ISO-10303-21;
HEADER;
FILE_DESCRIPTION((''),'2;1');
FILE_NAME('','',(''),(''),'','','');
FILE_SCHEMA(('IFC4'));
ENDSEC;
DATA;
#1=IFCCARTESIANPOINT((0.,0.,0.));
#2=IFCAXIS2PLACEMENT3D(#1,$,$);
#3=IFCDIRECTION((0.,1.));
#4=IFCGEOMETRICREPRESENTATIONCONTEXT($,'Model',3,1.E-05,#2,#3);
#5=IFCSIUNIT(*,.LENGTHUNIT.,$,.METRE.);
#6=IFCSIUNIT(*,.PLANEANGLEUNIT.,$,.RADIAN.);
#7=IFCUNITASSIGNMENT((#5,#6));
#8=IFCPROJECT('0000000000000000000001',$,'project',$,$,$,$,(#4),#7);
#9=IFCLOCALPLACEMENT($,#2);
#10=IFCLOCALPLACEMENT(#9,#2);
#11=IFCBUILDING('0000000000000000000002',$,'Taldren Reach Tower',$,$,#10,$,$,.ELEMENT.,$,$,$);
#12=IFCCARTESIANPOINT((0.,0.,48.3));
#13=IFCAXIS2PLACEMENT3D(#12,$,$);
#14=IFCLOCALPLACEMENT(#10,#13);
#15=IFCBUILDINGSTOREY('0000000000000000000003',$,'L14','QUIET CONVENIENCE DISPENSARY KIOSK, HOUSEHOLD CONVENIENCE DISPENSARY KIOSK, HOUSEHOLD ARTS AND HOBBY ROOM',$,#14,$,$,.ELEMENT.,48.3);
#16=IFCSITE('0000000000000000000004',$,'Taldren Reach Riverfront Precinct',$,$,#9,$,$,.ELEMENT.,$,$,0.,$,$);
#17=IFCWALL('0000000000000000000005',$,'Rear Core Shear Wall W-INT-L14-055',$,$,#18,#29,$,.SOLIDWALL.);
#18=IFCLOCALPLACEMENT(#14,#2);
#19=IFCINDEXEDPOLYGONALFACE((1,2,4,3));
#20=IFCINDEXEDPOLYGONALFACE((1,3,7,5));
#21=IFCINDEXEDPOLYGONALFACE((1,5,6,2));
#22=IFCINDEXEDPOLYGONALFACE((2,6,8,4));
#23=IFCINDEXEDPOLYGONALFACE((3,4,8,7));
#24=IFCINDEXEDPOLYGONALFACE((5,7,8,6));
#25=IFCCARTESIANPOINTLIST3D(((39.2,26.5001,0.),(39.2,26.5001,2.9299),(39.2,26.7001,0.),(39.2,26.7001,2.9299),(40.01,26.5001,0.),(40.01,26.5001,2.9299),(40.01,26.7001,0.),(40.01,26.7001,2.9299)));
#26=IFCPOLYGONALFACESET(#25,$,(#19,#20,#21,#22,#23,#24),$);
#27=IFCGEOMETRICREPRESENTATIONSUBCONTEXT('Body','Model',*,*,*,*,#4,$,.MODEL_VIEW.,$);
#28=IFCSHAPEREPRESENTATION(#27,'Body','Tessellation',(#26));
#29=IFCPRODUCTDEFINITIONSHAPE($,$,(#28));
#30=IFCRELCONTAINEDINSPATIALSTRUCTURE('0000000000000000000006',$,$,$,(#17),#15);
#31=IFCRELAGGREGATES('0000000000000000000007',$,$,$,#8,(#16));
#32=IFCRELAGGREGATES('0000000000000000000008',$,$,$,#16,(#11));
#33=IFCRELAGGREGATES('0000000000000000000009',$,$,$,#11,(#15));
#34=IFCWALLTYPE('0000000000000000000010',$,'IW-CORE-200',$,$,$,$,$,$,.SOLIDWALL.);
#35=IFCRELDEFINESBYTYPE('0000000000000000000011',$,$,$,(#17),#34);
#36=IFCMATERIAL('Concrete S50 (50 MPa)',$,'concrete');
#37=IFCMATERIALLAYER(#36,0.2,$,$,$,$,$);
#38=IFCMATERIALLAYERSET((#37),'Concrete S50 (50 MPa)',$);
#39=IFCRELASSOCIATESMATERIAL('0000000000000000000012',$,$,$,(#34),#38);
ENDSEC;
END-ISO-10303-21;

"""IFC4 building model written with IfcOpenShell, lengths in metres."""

from ifc_helpers import new_model, si_unit, direction, frame, frame_2d, origin, place, context, subcontext, project, spatial, rectangle, extrude, source, transform, mapped, material, layer, layer_set, type_object, element, save


model = new_model("IFC4")

# Units and contexts
model_context = context("Model", 3, precision=1e-05, world=origin(), true_north=direction((0.0, 1.0)))
body_context = subcontext(model_context, "Body", "Model", "MODEL_VIEW")
ifc_project = project(units=[si_unit("LENGTHUNIT", "METRE"), si_unit("PLANEANGLEUNIT", "RADIAN")], contexts=[model_context])

# Site, building, storey
site_placement = place(None, origin())
site = spatial("IfcSite", under=ifc_project, at=site_placement, Name="Taldren Reach Riverfront Precinct", CompositionType="ELEMENT", RefElevation=0.0)
building_placement = place(site_placement, origin())
building = spatial("IfcBuilding", under=site, at=building_placement, Name="Taldren Reach Tower", CompositionType="ELEMENT")
storey_placement = place(building_placement, frame((0.0, 0.0, 48.3)))
storey = spatial("IfcBuildingStorey", under=building, at=storey_placement, Name="L14", Description="QUIET CONVENIENCE DISPENSARY KIOSK, HOUSEHOLD CONVENIENCE DISPENSARY KIOSK, HOUSEHOLD ARTS AND HOBBY ROOM", CompositionType="ELEMENT", Elevation=48.3)

# Shared definitions
ifc_material_1 = material(Name="Concrete S50 (50 MPa)", Category="concrete")
ifc_layer_1 = layer(ifc_material_1, 0.2)
ifc_layer_set_1 = layer_set([ifc_layer_1], Name="Concrete S50 (50 MPa)")
wall_type_1 = type_object("IfcWallType", Name="IW-CORE-200", PredefinedType="SOLIDWALL", material=ifc_layer_set_1)

# Wall
shared_shape_1 = source(origin(), body_context, "Body", "SweptSolid", [
    extrude(rectangle(XDim=0.8101, YDim=0.2, at=frame_2d((0.405, 0.0))), origin(), (0.0, 0.0, 1.0), 2.9299),
])
wall_1_placement = place(storey_placement, frame((39.2, 26.6001, 0.0), z_axis=(0.0, 0.0, 1.0), x_axis=(1.0, 0.0, 0.0)))
element("IfcWall", 1, at=wall_1_placement, inside=storey, type_object=wall_type_1, Name="Rear Core Shear Wall W-INT-L14-055", PredefinedType="SOLIDWALL", context=body_context, shape_type="MappedRepresentation", body=[
    mapped(shared_shape_1, transform((0.0, 0.0, 0.0), scale=1.0)),
])

save(model, "model.ifc")
